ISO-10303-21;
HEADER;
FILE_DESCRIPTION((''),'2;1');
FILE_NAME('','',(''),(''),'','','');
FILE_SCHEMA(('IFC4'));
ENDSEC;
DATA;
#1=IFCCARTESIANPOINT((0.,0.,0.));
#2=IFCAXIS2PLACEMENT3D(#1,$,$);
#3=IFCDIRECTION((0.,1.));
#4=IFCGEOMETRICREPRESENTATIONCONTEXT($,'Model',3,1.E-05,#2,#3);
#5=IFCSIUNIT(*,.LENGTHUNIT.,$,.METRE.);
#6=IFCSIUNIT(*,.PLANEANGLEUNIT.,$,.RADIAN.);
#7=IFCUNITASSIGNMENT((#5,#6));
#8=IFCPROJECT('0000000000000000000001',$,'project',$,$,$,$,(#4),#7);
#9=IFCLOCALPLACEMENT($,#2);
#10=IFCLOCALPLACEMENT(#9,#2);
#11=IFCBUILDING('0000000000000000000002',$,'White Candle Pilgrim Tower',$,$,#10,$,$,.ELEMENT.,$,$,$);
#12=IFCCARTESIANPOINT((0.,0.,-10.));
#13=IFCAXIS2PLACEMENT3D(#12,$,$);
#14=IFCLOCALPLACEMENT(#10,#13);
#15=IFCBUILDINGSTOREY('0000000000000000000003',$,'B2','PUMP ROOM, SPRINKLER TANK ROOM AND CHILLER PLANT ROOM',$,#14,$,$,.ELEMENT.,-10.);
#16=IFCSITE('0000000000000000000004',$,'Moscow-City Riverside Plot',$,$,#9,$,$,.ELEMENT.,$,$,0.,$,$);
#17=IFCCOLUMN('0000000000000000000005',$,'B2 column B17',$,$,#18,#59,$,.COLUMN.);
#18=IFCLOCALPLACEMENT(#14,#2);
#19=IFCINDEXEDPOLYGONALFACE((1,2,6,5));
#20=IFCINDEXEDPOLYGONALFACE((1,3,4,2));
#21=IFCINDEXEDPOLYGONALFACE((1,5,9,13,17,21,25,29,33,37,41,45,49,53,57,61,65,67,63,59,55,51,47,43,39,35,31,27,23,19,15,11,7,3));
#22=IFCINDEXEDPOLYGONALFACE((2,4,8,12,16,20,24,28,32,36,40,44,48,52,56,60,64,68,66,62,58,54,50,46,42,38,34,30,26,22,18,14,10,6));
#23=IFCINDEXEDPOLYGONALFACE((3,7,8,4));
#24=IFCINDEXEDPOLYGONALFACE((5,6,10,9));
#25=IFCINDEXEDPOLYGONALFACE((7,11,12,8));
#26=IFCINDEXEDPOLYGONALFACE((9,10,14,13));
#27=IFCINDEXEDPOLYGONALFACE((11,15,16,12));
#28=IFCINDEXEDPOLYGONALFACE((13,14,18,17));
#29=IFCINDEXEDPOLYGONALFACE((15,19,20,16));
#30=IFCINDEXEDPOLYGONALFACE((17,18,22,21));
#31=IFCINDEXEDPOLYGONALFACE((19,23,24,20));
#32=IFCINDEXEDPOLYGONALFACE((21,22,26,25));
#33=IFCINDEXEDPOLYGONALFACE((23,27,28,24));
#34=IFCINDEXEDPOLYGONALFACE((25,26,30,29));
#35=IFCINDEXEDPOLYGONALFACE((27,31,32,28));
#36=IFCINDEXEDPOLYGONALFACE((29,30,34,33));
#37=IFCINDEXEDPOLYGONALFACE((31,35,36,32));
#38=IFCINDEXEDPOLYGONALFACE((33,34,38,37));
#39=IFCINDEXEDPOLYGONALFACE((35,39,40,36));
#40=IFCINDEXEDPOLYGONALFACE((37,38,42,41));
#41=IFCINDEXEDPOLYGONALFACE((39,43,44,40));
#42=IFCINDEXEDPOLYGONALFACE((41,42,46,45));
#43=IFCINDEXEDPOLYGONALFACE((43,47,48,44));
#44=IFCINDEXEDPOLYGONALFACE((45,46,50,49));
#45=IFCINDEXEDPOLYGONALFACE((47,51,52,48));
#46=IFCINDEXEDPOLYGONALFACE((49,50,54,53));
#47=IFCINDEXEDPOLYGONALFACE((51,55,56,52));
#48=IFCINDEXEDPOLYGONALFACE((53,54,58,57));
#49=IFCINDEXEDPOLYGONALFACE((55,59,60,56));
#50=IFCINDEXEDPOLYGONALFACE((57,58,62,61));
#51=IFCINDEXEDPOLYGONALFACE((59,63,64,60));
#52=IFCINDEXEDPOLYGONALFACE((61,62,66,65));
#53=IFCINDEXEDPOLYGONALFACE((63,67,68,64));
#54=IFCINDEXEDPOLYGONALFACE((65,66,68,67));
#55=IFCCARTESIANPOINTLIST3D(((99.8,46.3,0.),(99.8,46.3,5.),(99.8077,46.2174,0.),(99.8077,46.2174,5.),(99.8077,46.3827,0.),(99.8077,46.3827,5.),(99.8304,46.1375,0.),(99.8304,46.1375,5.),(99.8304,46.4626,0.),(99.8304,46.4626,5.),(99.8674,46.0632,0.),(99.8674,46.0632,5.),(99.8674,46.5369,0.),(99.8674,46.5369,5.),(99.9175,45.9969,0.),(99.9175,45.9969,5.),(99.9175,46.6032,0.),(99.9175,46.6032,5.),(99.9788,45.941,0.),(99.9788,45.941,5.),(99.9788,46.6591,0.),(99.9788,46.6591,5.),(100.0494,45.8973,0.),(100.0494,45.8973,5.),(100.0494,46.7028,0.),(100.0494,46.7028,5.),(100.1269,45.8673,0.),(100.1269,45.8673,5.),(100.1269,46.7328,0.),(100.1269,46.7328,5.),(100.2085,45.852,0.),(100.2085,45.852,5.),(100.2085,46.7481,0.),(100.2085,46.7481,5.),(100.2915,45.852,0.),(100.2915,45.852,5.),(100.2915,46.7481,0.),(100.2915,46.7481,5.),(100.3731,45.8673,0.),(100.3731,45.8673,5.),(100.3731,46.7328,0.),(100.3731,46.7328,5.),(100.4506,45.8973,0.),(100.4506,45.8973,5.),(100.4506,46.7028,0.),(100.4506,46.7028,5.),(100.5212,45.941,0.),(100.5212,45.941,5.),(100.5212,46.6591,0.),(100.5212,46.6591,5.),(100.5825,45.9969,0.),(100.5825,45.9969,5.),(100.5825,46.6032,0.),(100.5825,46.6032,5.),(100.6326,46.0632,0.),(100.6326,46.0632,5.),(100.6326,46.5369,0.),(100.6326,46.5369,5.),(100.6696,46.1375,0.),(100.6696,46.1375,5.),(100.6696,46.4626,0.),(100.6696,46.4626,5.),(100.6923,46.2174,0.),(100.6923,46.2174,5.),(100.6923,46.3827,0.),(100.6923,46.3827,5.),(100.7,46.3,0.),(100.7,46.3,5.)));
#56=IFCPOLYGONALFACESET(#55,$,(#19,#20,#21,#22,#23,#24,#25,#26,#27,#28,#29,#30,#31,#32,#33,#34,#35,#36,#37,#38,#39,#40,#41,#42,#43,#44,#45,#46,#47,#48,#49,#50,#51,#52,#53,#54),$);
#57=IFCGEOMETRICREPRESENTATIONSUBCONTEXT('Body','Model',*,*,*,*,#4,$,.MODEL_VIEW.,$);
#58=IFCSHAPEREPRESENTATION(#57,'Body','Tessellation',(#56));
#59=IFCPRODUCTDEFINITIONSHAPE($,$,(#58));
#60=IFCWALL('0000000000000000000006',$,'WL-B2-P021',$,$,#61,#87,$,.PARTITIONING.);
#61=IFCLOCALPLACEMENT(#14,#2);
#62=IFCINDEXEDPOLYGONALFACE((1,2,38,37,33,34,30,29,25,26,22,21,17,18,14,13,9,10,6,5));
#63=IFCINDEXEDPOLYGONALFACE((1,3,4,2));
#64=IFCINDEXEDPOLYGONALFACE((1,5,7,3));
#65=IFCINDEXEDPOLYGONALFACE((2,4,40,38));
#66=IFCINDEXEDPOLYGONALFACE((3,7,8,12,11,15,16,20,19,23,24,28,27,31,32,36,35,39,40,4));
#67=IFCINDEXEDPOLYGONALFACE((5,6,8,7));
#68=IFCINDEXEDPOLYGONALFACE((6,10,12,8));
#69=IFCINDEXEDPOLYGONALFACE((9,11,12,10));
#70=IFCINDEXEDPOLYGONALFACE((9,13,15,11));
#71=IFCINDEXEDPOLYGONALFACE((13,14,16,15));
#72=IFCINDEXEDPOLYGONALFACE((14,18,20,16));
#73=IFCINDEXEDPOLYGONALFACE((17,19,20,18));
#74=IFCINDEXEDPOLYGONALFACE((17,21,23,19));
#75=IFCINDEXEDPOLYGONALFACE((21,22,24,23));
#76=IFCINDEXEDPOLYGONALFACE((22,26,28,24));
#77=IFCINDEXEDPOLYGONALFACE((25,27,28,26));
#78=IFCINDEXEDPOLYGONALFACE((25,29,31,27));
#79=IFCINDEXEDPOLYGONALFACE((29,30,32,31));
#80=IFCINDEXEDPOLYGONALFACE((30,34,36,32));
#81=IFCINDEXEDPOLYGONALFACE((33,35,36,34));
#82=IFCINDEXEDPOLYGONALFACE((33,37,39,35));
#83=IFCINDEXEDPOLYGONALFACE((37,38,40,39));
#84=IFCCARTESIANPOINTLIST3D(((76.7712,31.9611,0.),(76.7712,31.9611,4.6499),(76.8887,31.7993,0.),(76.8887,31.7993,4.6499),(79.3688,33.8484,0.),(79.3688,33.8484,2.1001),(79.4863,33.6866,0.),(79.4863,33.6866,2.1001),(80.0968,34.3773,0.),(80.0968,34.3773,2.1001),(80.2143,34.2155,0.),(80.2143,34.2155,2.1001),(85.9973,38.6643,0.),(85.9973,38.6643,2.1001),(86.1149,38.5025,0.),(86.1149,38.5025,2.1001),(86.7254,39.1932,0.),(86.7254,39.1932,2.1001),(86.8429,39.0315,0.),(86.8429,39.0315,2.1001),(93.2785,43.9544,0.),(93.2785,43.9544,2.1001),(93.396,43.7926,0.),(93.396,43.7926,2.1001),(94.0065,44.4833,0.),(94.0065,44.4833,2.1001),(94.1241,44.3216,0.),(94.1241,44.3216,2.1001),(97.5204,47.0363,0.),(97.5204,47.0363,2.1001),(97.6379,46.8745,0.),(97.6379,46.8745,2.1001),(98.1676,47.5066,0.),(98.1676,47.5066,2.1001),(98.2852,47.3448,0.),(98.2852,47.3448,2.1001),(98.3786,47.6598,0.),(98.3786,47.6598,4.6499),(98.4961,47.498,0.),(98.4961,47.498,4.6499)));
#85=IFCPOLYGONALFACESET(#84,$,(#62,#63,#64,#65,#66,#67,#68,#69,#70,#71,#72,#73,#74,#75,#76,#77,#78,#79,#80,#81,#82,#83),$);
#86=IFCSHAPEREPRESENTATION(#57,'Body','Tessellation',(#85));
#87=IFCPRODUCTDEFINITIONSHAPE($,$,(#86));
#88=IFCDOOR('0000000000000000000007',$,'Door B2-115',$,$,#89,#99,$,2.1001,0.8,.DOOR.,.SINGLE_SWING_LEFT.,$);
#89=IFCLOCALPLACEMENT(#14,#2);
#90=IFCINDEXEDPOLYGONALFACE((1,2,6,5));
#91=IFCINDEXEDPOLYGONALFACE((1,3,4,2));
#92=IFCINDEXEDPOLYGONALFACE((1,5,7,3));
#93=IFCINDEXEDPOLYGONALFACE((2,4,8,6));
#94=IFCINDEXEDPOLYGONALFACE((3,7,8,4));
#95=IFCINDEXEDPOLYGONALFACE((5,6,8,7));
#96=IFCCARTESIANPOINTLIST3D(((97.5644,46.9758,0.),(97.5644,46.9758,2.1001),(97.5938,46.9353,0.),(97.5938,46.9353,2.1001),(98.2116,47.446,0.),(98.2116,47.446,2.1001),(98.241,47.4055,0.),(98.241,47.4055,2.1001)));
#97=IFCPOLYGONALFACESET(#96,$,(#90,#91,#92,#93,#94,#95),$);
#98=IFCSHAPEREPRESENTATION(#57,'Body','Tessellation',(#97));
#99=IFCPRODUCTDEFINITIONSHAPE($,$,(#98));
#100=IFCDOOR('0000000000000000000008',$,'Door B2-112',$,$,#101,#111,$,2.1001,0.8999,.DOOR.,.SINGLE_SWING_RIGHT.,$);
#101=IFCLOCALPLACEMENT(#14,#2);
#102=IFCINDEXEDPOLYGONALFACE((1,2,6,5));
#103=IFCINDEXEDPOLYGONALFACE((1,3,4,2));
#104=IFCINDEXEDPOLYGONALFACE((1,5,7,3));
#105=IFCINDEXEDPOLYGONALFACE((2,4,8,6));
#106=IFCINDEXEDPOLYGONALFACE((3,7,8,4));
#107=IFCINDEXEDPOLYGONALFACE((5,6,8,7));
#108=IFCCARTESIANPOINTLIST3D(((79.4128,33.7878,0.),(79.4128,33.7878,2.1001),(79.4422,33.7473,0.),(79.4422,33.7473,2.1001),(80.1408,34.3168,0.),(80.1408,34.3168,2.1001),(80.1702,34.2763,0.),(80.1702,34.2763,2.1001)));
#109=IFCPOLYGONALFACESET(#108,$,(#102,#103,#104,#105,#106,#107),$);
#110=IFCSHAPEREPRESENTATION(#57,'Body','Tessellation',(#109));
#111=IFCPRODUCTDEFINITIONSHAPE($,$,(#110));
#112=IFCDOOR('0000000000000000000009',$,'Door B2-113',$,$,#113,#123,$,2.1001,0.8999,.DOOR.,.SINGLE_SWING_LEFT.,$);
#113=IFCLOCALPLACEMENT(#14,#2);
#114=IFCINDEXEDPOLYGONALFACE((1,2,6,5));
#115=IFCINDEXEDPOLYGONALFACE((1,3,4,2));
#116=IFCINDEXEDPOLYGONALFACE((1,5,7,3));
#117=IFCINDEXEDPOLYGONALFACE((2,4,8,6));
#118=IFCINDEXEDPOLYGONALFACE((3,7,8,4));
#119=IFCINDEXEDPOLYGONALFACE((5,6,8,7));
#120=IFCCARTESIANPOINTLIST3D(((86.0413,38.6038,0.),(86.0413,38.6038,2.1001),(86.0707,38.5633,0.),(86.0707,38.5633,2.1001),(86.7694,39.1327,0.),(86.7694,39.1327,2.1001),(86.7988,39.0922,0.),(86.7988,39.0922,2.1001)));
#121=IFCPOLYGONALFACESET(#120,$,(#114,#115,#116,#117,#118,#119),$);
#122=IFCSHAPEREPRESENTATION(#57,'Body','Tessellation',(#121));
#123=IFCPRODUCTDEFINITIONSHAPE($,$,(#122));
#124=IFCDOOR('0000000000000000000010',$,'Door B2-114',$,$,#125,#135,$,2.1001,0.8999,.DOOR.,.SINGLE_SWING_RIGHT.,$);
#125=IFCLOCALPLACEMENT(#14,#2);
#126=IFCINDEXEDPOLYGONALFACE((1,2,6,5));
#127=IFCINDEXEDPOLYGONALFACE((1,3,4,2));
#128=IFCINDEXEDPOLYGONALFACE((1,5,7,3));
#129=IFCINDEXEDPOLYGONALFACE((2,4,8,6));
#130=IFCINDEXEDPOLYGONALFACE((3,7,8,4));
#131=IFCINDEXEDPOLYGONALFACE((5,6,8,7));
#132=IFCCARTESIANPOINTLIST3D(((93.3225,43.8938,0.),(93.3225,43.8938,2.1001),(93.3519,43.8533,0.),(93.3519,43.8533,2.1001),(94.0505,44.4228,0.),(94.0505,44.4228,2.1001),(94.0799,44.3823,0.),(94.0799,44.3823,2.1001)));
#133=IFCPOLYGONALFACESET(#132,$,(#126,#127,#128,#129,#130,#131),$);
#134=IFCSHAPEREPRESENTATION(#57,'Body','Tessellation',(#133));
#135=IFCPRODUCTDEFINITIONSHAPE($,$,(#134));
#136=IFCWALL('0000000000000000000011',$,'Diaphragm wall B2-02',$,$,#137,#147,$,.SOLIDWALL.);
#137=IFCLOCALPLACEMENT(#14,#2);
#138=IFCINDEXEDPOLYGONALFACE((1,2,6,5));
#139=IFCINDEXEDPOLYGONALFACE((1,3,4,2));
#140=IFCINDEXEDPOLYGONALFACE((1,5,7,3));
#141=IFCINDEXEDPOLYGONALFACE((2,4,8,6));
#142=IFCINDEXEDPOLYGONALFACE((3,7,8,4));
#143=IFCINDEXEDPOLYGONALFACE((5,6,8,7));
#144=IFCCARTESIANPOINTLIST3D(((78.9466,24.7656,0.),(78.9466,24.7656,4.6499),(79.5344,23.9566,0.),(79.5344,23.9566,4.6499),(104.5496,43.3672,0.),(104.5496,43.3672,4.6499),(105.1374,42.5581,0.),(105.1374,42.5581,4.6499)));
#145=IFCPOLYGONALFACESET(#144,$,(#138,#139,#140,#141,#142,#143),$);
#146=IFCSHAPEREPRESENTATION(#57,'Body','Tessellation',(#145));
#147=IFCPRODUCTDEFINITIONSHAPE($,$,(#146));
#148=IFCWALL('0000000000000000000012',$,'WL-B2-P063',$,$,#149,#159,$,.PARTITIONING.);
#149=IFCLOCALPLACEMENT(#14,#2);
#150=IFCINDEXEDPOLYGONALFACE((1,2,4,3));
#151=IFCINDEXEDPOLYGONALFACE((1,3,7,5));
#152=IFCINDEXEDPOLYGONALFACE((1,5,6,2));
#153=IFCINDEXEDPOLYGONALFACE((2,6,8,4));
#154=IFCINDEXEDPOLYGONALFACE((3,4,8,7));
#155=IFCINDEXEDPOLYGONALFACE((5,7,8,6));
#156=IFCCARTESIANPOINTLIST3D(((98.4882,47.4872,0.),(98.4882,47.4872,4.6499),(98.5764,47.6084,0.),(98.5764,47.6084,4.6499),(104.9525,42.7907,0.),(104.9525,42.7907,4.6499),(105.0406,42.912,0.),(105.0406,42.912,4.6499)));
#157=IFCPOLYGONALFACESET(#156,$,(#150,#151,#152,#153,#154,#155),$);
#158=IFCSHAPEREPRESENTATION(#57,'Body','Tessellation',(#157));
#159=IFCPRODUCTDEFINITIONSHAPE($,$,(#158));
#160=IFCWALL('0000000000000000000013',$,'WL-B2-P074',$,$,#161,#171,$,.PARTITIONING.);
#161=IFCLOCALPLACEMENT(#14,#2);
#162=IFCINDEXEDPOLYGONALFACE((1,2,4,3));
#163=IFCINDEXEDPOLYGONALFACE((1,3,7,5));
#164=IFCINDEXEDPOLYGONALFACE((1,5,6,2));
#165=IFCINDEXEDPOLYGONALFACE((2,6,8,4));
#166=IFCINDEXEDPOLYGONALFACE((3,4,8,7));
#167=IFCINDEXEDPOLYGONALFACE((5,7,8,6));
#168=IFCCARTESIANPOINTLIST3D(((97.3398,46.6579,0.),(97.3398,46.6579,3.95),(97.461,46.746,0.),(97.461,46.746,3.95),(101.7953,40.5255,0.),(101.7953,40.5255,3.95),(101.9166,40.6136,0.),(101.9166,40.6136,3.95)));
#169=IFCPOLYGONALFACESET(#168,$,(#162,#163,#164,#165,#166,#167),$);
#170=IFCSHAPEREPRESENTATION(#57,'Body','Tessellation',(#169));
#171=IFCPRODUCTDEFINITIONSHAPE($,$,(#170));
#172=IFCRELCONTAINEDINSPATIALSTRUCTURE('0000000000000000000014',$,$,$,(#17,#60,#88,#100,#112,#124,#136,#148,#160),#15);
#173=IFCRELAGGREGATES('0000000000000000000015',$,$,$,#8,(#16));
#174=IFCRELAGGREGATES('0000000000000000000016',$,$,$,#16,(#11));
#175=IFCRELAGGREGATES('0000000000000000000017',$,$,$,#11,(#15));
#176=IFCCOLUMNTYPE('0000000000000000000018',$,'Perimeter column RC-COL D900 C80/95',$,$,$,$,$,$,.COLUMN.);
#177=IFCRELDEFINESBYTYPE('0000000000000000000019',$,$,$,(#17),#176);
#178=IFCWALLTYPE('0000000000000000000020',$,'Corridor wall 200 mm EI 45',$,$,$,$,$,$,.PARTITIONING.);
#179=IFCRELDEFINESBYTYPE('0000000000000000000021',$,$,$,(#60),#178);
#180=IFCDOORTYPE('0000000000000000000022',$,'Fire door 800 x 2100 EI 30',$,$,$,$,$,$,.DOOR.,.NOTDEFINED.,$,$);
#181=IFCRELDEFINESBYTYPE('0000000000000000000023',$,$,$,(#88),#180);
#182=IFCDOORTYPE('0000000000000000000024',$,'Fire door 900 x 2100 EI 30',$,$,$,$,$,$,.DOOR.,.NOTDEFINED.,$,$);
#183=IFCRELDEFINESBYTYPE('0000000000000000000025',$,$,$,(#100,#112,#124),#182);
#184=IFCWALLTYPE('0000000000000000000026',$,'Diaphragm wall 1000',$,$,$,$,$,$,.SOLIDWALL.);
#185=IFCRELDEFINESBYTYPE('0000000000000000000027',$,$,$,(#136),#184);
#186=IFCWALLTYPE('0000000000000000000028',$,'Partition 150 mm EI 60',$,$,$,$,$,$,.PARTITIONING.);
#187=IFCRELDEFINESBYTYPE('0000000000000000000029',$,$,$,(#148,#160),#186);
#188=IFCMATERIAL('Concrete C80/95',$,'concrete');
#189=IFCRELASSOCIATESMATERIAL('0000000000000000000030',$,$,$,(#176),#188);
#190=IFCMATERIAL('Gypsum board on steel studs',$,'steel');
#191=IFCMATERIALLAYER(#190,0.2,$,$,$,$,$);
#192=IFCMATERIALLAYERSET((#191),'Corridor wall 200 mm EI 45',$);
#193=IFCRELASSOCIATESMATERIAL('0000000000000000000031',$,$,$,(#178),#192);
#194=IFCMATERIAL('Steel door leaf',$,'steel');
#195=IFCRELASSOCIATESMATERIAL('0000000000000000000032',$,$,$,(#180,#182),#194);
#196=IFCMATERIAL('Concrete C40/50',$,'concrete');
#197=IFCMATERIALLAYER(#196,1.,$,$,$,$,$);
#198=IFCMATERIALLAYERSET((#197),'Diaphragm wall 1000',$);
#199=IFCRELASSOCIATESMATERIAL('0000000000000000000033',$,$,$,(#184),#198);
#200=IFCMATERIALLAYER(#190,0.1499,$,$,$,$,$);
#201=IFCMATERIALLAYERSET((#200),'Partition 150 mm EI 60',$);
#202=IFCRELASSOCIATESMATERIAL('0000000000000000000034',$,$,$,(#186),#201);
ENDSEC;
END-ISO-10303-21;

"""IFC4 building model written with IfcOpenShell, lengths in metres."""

from ifc_helpers import new_model, si_unit, direction, frame, frame_2d, origin, origin_2d, place, context, subcontext, project, spatial, rectangle, circle, extrude, material, layer, layer_set, material_profile, profile_set, type_object, element, fill, save


model = new_model("IFC4")

# Units and contexts
model_context = context("Model", 3, precision=1e-05, world=origin(), true_north=direction((0.0, 1.0)))
body_context = subcontext(model_context, "Body", "Model", "MODEL_VIEW")
ifc_project = project(units=[si_unit("LENGTHUNIT", "METRE"), si_unit("PLANEANGLEUNIT", "RADIAN")], contexts=[model_context])

# Site, building, storey
site_placement = place(None, origin())
site = spatial("IfcSite", under=ifc_project, at=site_placement, Name="Moscow-City Riverside Plot", CompositionType="ELEMENT", RefElevation=0.0)
building_placement = place(site_placement, origin())
building = spatial("IfcBuilding", under=site, at=building_placement, Name="White Candle Pilgrim Tower", CompositionType="ELEMENT")
storey_placement = place(building_placement, frame((0.0, 0.0, -10.0)))
storey = spatial("IfcBuildingStorey", under=building, at=storey_placement, Name="B2", Description="PUMP ROOM, SPRINKLER TANK ROOM AND CHILLER PLANT ROOM", CompositionType="ELEMENT", Elevation=-10.0)

# Shared definitions
ifc_material_1 = material(Name="Concrete C40/50", Category="concrete")

# Column
ifc_material_2 = material(Name="Concrete C80/95", Category="concrete")
ifc_material_profile_1 = material_profile(ifc_material_2, circle(Radius=0.45, at=origin_2d()), Name="RC-COL D900")
ifc_profile_set_1 = profile_set([ifc_material_profile_1], Name="Concrete C80/95")
column_type = type_object("IfcColumnType", Name="Perimeter column RC-COL D900 C80/95", PredefinedType="COLUMN", material=ifc_profile_set_1)
for number, where, z_axis, x_axis, name in (
    (1, (100.25, 46.3, 0.0), (0.0, 0.0, 1.0), (1.0, 0.0, 0.0), "B2 column B17"),
):
    element("IfcColumn", number, at=place(storey_placement, frame(where, z_axis=z_axis, x_axis=x_axis)), inside=storey, type_object=column_type, Name=name, PredefinedType="COLUMN", context=body_context, shape_type="SweptSolid", body=[
        extrude(circle(Radius=0.45, at=origin_2d()), origin(), (0.0, 0.0, 1.0), 5.0),
    ])

# Wall, openings, doors
ifc_material_3 = material(Name="Gypsum board on steel studs", Category="steel")
ifc_layer_1 = layer(ifc_material_3, 0.2)
ifc_layer_set_1 = layer_set([ifc_layer_1], Name="Corridor wall 200 mm EI 45")
wall_type_1 = type_object("IfcWallType", Name="Corridor wall 200 mm EI 45", PredefinedType="PARTITIONING", material=ifc_layer_set_1)
wall_1_placement = place(storey_placement, frame((98.4373, 47.5789, 0.0), z_axis=(0.0, 0.0, 1.0), x_axis=(-0.809017, -0.587786, 0.0)))
wall_1 = element("IfcWall", 2, at=wall_1_placement, inside=storey, type_object=wall_type_1, Name="WL-B2-P021", PredefinedType="PARTITIONING", context=body_context, shape_type="SweptSolid", body=[
    extrude(rectangle(XDim=26.7083, YDim=0.2, at=frame_2d((13.354, 0.0))), origin(), (0.0, 0.0, 1.0), 4.6499),
])
opening_1_placement = place(wall_1_placement, frame((22.5974, 0.0, 0.0)))
opening_1 = element("IfcOpeningElement", 3, at=opening_1_placement, cuts=wall_1, PredefinedType="OPENING", context=body_context, shape_type="SweptSolid", body=[
    extrude(rectangle(XDim=0.8999, YDim=2.1001, at=frame_2d((0.45, 1.05))), frame((0.0, 0.1099, 0.0), z_axis=(0.0, -1.0, 0.0), x_axis=(1.0, 0.0, 0.0)), (0.0, 0.0, 1.0), 0.22),
])
opening_2_placement = place(wall_1_placement, frame((14.4041, 0.0, 0.0)))
opening_2 = element("IfcOpeningElement", 4, at=opening_2_placement, cuts=wall_1, PredefinedType="OPENING", context=body_context, shape_type="SweptSolid", body=[
    extrude(rectangle(XDim=0.8999, YDim=2.1001, at=frame_2d((0.45, 1.05))), frame((0.0, 0.1099, 0.0), z_axis=(0.0, -1.0, 0.0), x_axis=(1.0, 0.0, 0.0)), (0.0, 0.0, 1.0), 0.22),
])
opening_3_placement = place(wall_1_placement, frame((5.4041, 0.0, 0.0)))
opening_3 = element("IfcOpeningElement", 5, at=opening_3_placement, cuts=wall_1, PredefinedType="OPENING", context=body_context, shape_type="SweptSolid", body=[
    extrude(rectangle(XDim=0.8999, YDim=2.1001, at=frame_2d((0.45, 1.05))), frame((0.0, 0.1099, 0.0), z_axis=(0.0, -1.0, 0.0), x_axis=(1.0, 0.0, 0.0)), (0.0, 0.0, 1.0), 0.22),
])
opening_4_placement = place(wall_1_placement, frame((0.2607, 0.0, 0.0)))
opening_4 = element("IfcOpeningElement", 6, at=opening_4_placement, cuts=wall_1, PredefinedType="OPENING", context=body_context, shape_type="SweptSolid", body=[
    extrude(rectangle(XDim=0.8, YDim=2.1001, at=frame_2d((0.3999, 1.05))), frame((0.0, 0.1099, 0.0), z_axis=(0.0, -1.0, 0.0), x_axis=(1.0, 0.0, 0.0)), (0.0, 0.0, 1.0), 0.22),
])
ifc_material_4 = material(Name="Steel door leaf", Category="steel")
door_type_1 = type_object("IfcDoorType", Name="Fire door 800 x 2100 EI 30", OperationType="NOTDEFINED", PredefinedType="DOOR", material=ifc_material_4)
door_1_placement = place(opening_4_placement, origin())
door_1 = element("IfcDoor", 7, at=door_1_placement, inside=storey, type_object=door_type_1, Name="Door B2-115", OperationType="SINGLE_SWING_LEFT", OverallHeight=2.1001, OverallWidth=0.8, PredefinedType="DOOR", context=body_context, shape_type="SweptSolid", body=[
    extrude(rectangle(XDim=0.8, YDim=2.1001, at=frame_2d((0.3999, 1.05))), frame((0.0, 0.0249, 0.0), z_axis=(0.0, -1.0, 0.0), x_axis=(1.0, 0.0, 0.0)), (0.0, 0.0, 1.0), 0.05),
])
fill(opening_4, door_1)
door_type_2 = type_object("IfcDoorType", Name="Fire door 900 x 2100 EI 30", OperationType="NOTDEFINED", PredefinedType="DOOR", material=ifc_material_4)
door_2_placement = place(opening_1_placement, origin())
door_2 = element("IfcDoor", 8, at=door_2_placement, inside=storey, type_object=door_type_2, Name="Door B2-112", OperationType="SINGLE_SWING_RIGHT", OverallHeight=2.1001, OverallWidth=0.8999, PredefinedType="DOOR", context=body_context, shape_type="SweptSolid", body=[
    extrude(rectangle(XDim=0.8999, YDim=2.1001, at=frame_2d((0.45, 1.05))), frame((0.0, 0.0249, 0.0), z_axis=(0.0, -1.0, 0.0), x_axis=(1.0, 0.0, 0.0)), (0.0, 0.0, 1.0), 0.05),
])
fill(opening_1, door_2)
door_3_placement = place(opening_2_placement, origin())
door_3 = element("IfcDoor", 9, at=door_3_placement, inside=storey, type_object=door_type_2, Name="Door B2-113", OperationType="SINGLE_SWING_LEFT", OverallHeight=2.1001, OverallWidth=0.8999, PredefinedType="DOOR", context=body_context, shape_type="SweptSolid", body=[
    extrude(rectangle(XDim=0.8999, YDim=2.1001, at=frame_2d((0.45, 1.05))), frame((0.0, 0.0249, 0.0), z_axis=(0.0, -1.0, 0.0), x_axis=(1.0, 0.0, 0.0)), (0.0, 0.0, 1.0), 0.05),
])
fill(opening_2, door_3)
door_4_placement = place(opening_3_placement, origin())
door_4 = element("IfcDoor", 10, at=door_4_placement, inside=storey, type_object=door_type_2, Name="Door B2-114", OperationType="SINGLE_SWING_RIGHT", OverallHeight=2.1001, OverallWidth=0.8999, PredefinedType="DOOR", context=body_context, shape_type="SweptSolid", body=[
    extrude(rectangle(XDim=0.8999, YDim=2.1001, at=frame_2d((0.45, 1.05))), frame((0.0, 0.0249, 0.0), z_axis=(0.0, -1.0, 0.0), x_axis=(1.0, 0.0, 0.0)), (0.0, 0.0, 1.0), 0.05),
])
fill(opening_3, door_4)

# Walls
ifc_layer_2 = layer(ifc_material_1, 1.0)
ifc_layer_set_2 = layer_set([ifc_layer_2], Name="Diaphragm wall 1000")
wall_type_2 = type_object("IfcWallType", Name="Diaphragm wall 1000", PredefinedType="SOLIDWALL", material=ifc_layer_set_2)
wall_2_placement = place(storey_placement, frame((104.8435, 42.9626, 0.0), z_axis=(0.0, 0.0, 1.0), x_axis=(-0.809019, -0.587783, 0.0)))
element("IfcWall", 11, at=wall_2_placement, inside=storey, type_object=wall_type_2, Name="Diaphragm wall B2-02", PredefinedType="SOLIDWALL", context=body_context, shape_type="SweptSolid", body=[
    extrude(rectangle(XDim=31.647, YDim=1.0, at=frame_2d((15.8235, 0.0))), origin(), (0.0, 0.0, 1.0), 4.6499),
])
ifc_layer_3 = layer(ifc_material_3, 0.1499)
ifc_layer_set_3 = layer_set([ifc_layer_3], Name="Partition 150 mm EI 60")
wall_type_3 = type_object("IfcWallType", Name="Partition 150 mm EI 60", PredefinedType="PARTITIONING", material=ifc_layer_set_3)
wall_3_placement = place(storey_placement, frame((104.9966, 42.8513, 0.0), z_axis=(0.0, 0.0, 1.0), x_axis=(-0.809023, 0.587777, 0.0)))
element("IfcWall", 12, at=wall_3_placement, inside=storey, type_object=wall_type_3, Name="WL-B2-P063", PredefinedType="PARTITIONING", context=body_context, shape_type="SweptSolid", body=[
    extrude(rectangle(XDim=7.9902, YDim=0.1499, at=frame_2d((3.9951, 0.0))), origin(), (0.0, 0.0, 1.0), 4.6499),
])
wall_4_placement = place(storey_placement, frame((101.856, 40.5696, 0.0), z_axis=(0.0, 0.0, 1.0), x_axis=(-0.5878, 0.809006, 0.0)))
element("IfcWall", 13, at=wall_4_placement, inside=storey, type_object=wall_type_3, Name="WL-B2-P074", PredefinedType="PARTITIONING", context=body_context, shape_type="SweptSolid", body=[
    extrude(rectangle(XDim=7.5801, YDim=0.1499, at=frame_2d((3.79, 0.0))), origin(), (0.0, 0.0, 1.0), 3.95),
])

save(model, "model.ifc")
